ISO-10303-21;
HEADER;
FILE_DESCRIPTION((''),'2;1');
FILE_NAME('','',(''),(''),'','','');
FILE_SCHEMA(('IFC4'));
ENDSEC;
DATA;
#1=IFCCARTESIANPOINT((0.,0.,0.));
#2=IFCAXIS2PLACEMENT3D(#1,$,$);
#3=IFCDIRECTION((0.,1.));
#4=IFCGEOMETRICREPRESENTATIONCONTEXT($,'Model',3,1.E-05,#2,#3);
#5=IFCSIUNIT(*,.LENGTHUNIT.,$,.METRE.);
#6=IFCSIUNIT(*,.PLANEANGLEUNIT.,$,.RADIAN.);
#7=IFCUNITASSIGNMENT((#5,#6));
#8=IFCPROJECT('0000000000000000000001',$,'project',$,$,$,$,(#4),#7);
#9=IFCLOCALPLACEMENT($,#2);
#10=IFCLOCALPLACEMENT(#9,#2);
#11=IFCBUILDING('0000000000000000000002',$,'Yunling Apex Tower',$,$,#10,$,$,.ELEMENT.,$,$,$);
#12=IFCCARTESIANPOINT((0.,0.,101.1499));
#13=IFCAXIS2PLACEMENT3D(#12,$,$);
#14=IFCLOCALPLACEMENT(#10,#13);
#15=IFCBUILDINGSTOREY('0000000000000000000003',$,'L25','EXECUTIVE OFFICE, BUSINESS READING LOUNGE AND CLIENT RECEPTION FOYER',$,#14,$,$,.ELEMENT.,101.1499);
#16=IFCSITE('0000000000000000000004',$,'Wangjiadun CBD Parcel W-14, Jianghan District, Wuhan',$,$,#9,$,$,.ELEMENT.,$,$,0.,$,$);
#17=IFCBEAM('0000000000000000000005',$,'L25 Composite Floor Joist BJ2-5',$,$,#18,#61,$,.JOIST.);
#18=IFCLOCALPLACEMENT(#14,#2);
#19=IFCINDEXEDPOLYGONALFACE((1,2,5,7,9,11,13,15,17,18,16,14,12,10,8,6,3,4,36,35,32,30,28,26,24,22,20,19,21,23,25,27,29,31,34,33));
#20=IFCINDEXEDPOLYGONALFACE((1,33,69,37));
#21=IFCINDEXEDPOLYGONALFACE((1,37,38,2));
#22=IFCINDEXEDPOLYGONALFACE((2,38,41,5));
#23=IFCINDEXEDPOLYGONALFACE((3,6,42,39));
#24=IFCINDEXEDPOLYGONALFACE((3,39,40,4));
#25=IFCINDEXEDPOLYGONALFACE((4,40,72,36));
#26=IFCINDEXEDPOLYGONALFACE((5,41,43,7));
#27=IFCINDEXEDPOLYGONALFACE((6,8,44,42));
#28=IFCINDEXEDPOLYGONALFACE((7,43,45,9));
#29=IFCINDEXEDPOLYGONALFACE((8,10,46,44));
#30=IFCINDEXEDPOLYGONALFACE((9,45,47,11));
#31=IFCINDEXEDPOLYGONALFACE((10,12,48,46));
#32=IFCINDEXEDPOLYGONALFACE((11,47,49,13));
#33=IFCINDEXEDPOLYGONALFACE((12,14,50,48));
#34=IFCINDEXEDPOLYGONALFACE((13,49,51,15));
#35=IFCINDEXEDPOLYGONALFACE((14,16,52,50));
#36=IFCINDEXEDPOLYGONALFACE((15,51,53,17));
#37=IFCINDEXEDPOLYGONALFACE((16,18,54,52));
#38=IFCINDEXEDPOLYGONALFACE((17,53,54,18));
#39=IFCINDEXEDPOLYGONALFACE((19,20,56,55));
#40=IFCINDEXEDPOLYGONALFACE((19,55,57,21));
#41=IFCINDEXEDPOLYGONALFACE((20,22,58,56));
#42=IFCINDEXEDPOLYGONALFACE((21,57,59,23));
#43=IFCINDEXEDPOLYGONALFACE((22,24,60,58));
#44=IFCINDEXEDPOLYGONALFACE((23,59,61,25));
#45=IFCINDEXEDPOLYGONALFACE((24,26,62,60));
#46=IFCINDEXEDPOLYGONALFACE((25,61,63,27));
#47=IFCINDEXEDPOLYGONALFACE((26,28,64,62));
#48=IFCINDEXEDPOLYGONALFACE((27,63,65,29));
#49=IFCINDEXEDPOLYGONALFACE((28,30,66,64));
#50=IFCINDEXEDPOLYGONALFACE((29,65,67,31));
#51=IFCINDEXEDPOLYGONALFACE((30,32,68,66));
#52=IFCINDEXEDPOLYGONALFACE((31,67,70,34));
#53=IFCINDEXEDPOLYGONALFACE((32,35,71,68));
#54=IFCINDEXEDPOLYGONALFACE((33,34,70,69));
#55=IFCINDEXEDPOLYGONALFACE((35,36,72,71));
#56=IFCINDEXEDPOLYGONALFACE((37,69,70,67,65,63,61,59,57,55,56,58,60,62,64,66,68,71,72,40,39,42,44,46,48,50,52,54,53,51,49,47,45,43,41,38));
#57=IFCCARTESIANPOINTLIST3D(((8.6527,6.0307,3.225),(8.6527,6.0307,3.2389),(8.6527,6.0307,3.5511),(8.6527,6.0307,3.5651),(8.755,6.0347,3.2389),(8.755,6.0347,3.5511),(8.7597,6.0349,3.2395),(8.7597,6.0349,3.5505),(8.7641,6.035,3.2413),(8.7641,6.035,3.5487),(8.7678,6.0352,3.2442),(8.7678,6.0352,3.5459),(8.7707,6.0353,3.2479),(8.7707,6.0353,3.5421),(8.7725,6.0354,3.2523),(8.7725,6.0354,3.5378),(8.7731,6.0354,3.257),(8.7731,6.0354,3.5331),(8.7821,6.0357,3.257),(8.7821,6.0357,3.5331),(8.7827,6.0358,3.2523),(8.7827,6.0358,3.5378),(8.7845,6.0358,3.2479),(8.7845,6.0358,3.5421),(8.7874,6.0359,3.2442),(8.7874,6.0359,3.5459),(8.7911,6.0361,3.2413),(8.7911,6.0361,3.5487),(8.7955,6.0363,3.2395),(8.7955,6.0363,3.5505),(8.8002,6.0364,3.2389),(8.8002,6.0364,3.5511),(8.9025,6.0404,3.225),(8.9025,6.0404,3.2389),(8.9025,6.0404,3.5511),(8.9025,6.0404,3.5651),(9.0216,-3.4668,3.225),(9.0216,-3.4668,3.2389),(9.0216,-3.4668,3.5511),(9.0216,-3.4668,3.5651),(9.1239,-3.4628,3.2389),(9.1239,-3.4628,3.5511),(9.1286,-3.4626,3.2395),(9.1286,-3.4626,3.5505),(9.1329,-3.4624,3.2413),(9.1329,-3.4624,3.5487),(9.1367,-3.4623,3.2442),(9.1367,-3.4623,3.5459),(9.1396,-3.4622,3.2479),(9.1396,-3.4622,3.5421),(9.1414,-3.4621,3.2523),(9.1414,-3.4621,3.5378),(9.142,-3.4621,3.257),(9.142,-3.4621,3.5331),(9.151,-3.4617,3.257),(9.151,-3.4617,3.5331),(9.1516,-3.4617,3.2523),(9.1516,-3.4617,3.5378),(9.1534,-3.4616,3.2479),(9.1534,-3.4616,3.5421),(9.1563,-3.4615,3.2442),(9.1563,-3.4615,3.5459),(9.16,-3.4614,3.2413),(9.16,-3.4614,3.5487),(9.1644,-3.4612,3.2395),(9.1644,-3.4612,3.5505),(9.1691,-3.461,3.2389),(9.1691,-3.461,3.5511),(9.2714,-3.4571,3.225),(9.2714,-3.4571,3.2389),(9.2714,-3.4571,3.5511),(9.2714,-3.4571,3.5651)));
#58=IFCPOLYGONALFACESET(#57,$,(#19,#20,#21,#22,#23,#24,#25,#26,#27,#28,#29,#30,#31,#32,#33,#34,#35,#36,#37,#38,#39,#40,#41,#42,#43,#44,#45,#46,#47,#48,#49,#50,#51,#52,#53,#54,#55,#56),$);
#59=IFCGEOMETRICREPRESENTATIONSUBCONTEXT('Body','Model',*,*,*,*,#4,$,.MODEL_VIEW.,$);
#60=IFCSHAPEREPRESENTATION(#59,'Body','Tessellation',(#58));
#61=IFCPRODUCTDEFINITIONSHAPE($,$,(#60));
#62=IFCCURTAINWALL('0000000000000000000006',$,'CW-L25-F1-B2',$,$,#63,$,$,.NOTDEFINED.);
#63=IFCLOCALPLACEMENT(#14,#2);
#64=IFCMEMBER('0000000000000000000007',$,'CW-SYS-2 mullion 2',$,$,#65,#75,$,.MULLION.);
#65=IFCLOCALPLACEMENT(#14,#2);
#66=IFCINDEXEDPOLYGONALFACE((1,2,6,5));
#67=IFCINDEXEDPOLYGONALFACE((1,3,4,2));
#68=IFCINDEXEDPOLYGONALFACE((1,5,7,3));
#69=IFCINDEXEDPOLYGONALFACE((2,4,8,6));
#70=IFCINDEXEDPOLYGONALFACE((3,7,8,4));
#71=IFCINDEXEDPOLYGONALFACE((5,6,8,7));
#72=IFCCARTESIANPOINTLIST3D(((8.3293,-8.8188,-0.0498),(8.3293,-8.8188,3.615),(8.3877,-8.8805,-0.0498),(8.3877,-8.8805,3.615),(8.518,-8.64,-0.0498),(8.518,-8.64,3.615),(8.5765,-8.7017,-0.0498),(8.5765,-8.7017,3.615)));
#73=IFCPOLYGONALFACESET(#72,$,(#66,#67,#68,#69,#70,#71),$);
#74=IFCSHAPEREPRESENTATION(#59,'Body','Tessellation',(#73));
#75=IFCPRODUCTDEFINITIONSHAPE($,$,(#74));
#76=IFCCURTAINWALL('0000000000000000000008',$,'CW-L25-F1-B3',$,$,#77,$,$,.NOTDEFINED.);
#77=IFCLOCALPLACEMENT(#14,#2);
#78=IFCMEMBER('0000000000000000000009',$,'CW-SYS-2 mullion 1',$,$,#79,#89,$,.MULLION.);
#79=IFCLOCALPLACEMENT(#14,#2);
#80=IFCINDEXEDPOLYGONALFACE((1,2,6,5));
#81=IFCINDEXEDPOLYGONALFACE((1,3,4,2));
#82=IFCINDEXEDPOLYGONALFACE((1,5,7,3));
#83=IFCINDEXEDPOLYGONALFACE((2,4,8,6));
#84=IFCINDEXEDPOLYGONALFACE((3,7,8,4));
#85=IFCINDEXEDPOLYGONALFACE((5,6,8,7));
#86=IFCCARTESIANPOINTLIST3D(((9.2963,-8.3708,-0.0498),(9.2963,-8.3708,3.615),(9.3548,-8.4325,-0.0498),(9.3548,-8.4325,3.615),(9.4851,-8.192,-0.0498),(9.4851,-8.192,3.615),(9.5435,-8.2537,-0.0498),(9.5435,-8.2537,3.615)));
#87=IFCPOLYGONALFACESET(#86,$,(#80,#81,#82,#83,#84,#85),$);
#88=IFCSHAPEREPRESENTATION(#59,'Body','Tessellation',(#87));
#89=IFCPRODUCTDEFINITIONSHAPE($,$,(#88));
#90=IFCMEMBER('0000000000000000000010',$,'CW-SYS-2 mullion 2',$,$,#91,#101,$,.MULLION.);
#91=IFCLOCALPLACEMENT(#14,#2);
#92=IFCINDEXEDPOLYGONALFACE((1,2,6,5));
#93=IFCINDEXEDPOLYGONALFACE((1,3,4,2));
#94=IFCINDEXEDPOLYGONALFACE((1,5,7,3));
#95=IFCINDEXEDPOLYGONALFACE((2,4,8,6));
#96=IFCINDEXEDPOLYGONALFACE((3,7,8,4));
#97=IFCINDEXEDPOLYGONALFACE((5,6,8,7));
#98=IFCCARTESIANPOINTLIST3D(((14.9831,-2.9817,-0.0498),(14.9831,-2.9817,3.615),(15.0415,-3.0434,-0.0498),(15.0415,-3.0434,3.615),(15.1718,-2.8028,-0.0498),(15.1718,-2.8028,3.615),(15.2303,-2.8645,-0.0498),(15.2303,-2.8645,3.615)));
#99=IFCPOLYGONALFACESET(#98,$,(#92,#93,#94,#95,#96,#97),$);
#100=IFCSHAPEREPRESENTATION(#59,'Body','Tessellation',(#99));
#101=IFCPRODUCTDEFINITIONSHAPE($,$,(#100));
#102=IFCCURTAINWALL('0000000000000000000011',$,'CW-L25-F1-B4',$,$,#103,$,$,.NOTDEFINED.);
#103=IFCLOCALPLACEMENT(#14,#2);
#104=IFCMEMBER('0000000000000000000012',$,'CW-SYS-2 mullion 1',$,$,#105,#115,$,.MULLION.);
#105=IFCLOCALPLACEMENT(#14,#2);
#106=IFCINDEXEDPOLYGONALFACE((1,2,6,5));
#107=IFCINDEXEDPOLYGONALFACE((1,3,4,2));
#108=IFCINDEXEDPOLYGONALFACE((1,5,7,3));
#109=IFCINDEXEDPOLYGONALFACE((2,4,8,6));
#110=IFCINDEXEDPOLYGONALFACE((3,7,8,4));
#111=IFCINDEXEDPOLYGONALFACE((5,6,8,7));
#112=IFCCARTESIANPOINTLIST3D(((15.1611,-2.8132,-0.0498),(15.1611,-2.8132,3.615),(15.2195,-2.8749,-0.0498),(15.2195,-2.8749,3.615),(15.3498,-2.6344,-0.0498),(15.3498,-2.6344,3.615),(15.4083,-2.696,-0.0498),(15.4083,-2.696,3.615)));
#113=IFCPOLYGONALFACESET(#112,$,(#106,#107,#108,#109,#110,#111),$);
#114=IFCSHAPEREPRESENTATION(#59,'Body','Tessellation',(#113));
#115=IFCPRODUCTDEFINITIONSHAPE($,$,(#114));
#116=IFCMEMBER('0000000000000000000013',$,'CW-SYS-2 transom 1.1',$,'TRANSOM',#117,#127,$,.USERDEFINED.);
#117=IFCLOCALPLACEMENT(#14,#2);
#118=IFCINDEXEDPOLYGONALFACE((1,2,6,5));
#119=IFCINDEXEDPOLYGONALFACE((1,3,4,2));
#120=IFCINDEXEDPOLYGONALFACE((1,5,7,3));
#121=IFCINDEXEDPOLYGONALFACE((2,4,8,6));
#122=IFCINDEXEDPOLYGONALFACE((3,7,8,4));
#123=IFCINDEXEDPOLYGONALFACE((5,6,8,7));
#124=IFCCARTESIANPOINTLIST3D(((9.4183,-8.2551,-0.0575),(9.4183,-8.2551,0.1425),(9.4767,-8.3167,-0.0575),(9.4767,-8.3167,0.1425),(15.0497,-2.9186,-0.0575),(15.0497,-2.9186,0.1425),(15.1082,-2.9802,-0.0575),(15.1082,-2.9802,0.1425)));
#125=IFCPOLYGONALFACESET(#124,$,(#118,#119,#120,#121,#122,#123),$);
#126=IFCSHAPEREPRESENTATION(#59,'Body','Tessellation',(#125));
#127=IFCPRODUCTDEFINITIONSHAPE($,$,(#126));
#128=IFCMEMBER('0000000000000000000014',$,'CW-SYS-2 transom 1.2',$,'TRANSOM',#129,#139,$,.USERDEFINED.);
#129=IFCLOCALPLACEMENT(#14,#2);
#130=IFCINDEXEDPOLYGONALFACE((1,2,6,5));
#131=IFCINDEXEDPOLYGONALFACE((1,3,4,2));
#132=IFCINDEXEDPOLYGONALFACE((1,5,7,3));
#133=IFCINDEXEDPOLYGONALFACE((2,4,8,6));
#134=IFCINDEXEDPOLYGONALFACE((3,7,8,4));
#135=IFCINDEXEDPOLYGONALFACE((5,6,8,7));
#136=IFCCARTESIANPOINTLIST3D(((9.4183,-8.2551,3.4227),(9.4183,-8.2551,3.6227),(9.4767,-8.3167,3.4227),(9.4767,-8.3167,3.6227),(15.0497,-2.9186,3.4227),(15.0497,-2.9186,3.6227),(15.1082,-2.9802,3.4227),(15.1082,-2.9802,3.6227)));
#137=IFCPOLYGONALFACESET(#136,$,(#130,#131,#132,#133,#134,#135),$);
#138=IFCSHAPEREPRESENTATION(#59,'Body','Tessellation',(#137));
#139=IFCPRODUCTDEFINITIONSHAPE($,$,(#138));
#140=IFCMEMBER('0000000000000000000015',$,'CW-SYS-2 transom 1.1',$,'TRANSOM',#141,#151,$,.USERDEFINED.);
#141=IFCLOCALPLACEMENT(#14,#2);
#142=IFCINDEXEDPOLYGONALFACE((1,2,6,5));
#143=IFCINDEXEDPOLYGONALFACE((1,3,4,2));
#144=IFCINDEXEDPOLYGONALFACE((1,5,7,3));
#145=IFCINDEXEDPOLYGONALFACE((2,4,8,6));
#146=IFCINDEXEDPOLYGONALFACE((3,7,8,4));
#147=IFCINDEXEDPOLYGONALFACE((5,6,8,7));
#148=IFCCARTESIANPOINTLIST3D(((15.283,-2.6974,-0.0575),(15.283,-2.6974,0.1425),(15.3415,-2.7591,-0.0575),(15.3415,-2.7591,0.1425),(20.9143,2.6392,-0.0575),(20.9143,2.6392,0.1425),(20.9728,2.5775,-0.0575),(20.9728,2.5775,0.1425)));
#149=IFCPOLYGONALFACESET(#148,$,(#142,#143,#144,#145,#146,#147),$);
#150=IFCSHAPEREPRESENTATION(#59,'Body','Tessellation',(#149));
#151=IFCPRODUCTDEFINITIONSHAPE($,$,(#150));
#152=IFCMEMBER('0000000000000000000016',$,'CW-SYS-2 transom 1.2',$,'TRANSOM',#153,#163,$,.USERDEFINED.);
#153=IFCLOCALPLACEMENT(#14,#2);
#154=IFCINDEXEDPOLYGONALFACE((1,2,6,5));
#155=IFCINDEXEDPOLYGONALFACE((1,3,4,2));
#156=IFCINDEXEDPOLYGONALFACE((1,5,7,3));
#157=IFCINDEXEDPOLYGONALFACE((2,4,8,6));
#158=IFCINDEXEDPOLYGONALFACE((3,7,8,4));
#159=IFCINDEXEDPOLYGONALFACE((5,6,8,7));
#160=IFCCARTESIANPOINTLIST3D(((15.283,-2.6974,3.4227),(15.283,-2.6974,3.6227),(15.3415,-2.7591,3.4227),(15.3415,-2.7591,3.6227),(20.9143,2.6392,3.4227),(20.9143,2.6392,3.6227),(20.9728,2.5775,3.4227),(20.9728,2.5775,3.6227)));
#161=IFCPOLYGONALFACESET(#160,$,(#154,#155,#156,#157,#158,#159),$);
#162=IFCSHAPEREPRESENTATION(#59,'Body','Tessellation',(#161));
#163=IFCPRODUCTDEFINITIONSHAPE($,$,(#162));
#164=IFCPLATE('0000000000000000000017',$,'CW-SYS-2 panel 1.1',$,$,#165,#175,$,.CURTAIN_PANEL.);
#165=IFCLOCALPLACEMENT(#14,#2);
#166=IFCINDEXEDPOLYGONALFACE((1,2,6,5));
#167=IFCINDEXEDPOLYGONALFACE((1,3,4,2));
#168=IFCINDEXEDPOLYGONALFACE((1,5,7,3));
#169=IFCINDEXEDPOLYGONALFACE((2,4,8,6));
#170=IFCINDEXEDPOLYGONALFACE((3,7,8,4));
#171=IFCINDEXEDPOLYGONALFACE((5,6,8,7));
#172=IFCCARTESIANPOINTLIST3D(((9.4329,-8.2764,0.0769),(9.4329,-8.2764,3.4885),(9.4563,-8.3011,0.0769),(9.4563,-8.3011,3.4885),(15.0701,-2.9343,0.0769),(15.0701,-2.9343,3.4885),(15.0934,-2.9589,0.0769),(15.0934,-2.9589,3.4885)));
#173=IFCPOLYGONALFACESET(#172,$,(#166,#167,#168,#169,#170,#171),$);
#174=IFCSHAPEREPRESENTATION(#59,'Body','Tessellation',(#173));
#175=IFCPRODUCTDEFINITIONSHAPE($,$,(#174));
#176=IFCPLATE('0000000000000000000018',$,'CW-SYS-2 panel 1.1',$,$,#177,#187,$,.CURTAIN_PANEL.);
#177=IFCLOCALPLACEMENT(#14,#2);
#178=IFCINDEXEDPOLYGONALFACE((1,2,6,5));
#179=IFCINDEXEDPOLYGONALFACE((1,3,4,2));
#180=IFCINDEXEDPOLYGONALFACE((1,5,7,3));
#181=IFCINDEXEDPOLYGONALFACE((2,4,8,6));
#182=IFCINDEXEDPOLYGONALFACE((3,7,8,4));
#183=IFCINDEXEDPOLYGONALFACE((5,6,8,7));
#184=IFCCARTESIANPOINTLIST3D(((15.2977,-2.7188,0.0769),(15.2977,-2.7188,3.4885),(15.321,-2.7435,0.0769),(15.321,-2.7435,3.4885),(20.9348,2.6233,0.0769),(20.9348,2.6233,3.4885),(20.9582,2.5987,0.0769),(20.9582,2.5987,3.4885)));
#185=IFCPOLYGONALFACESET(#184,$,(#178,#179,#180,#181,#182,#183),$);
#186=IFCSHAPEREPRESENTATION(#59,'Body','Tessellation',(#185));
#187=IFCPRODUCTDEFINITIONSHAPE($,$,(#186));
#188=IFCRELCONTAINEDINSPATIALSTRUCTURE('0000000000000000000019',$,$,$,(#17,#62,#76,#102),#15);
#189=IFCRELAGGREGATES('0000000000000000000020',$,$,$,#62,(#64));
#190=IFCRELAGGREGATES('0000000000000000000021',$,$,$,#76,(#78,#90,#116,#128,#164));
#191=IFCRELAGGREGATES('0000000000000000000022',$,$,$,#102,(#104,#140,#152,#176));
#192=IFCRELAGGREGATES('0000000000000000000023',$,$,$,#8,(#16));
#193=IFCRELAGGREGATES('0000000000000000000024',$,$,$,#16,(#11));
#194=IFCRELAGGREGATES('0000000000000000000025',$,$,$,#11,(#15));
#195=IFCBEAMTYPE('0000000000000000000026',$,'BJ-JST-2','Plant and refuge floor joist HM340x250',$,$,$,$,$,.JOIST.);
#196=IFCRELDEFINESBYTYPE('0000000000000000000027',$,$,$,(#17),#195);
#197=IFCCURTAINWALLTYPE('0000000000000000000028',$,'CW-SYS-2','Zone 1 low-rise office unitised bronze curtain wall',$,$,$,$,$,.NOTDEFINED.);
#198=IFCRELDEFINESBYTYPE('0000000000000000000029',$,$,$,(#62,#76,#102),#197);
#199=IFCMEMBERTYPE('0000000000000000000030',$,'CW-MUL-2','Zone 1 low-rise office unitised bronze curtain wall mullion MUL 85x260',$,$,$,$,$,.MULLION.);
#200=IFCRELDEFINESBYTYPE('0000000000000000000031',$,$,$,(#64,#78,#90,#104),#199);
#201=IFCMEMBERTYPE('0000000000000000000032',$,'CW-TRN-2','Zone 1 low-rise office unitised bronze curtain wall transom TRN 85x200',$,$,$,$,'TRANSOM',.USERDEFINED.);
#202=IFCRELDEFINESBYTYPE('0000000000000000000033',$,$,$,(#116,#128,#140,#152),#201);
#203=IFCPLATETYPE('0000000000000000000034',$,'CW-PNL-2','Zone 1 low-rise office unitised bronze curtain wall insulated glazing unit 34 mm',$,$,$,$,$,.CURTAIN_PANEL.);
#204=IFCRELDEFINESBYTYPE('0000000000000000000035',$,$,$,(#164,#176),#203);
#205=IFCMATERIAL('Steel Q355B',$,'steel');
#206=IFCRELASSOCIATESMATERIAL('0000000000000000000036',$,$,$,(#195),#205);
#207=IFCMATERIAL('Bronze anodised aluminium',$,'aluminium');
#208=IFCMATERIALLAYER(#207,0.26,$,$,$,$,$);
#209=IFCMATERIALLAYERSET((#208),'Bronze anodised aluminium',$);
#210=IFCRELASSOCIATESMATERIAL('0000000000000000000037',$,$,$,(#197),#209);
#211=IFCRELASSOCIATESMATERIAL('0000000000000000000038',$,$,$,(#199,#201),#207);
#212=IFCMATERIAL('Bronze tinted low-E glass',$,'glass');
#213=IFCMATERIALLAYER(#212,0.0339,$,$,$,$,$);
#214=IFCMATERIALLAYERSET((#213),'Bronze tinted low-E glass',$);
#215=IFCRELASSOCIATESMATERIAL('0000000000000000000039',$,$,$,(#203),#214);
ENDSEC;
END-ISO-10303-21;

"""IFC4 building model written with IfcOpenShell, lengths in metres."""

from ifc_helpers import new_model, si_unit, direction, frame, origin, origin_2d, place, context, subcontext, project, spatial, rectangle, i_section, extrude, source, transform, mapped, material, layer, layer_set, material_profile, profile_set, type_object, element, aggregate, save


model = new_model("IFC4")

# Units and contexts
model_context = context("Model", 3, precision=1e-05, world=origin(), true_north=direction((0.0, 1.0)))
body_context = subcontext(model_context, "Body", "Model", "MODEL_VIEW")
ifc_project = project(units=[si_unit("LENGTHUNIT", "METRE"), si_unit("PLANEANGLEUNIT", "RADIAN")], contexts=[model_context])

# Site, building, storey
site_placement = place(None, origin())
site = spatial("IfcSite", under=ifc_project, at=site_placement, Name="Wangjiadun CBD Parcel W-14, Jianghan District, Wuhan", CompositionType="ELEMENT", RefElevation=0.0)
building_placement = place(site_placement, origin())
building = spatial("IfcBuilding", under=site, at=building_placement, Name="Yunling Apex Tower", CompositionType="ELEMENT")
storey_placement = place(building_placement, frame((0.0, 0.0, 101.1499)))
storey = spatial("IfcBuildingStorey", under=building, at=storey_placement, Name="L25", Description="EXECUTIVE OFFICE, BUSINESS READING LOUNGE AND CLIENT RECEPTION FOYER", CompositionType="ELEMENT", Elevation=101.1499)

# Beam
ifc_material_1 = material(Name="Steel Q355B", Category="steel")
ifc_material_profile_1 = material_profile(ifc_material_1, i_section(OverallWidth=0.25, OverallDepth=0.3401, WebThickness=0.009, FlangeThickness=0.0139, FilletRadius=0.0181, at=origin_2d()))
ifc_profile_set_1 = profile_set([ifc_material_profile_1], Name="Steel Q355B")
beam_type_1 = type_object("IfcBeamType", Name="BJ-JST-2", Description="Plant and refuge floor joist HM340x250", PredefinedType="JOIST", material=ifc_profile_set_1)
shared_shape_1 = source(origin(), body_context, "Body", "SweptSolid", [
    extrude(i_section(OverallWidth=0.25, OverallDepth=0.3401, WebThickness=0.009, FlangeThickness=0.0139, FilletRadius=0.0181, at=origin_2d()), origin(), (0.0, 0.0, 1.0), 9.5046),
])
beam_1_placement = place(storey_placement, frame((9.1465, -3.4619, 3.395), z_axis=(-0.038812, 0.999247, 0.0), x_axis=(-0.999247, -0.038812, 0.0)))
element("IfcBeam", 1, at=beam_1_placement, inside=storey, type_object=beam_type_1, Name="L25 Composite Floor Joist BJ2-5", PredefinedType="JOIST", context=body_context, shape_type="MappedRepresentation", body=[
    mapped(shared_shape_1, transform((0.0, 0.0, 0.0), scale=1.0)),
])

# Curtain wall, member
ifc_material_2 = material(Name="Bronze anodised aluminium", Category="aluminium")
ifc_layer_1 = layer(ifc_material_2, 0.26)
ifc_layer_set_1 = layer_set([ifc_layer_1], Name="Bronze anodised aluminium")
curtain_wall_type = type_object("IfcCurtainWallType", Name="CW-SYS-2", Description="Zone 1 low-rise office unitised bronze curtain wall", PredefinedType="NOTDEFINED", material=ifc_layer_set_1)
curtain_wall_1_placement = place(storey_placement, origin())
curtain_wall_1 = element("IfcCurtainWall", 2, at=curtain_wall_1_placement, inside=storey, type_object=curtain_wall_type, Name="CW-L25-F1-B2", PredefinedType="NOTDEFINED")
ifc_material_profile_2 = material_profile(ifc_material_2, rectangle(XDim=0.085, YDim=0.26, at=origin_2d()))
ifc_profile_set_2 = profile_set([ifc_material_profile_2], Name="Bronze anodised aluminium")
member_type_1 = type_object("IfcMemberType", Name="CW-MUL-2", Description="Zone 1 low-rise office unitised bronze curtain wall mullion MUL 85x260", PredefinedType="MULLION", material=ifc_profile_set_2)
shared_shape_2 = source(origin(), body_context, "Body", "SweptSolid", [
    extrude(rectangle(XDim=0.085, YDim=0.26, at=origin_2d()), origin(), (0.0, 0.0, 1.0), 3.6648),
])
member_1_placement = place(storey_placement, frame((8.4529, -8.7603, -0.0498), z_axis=(0.0, 0.0, 1.0), x_axis=(-0.687844, 0.725858, 0.0)))
member_1 = element("IfcMember", 3, at=member_1_placement, type_object=member_type_1, Name="CW-SYS-2 mullion 2", PredefinedType="MULLION", context=body_context, shape_type="MappedRepresentation", body=[
    mapped(shared_shape_2, transform((0.0, 0.0, 0.0), scale=1.0)),
])
aggregate(curtain_wall_1, [member_1])

# Curtain wall, members
curtain_wall_2_placement = place(storey_placement, origin())
curtain_wall_2 = element("IfcCurtainWall", 4, at=curtain_wall_2_placement, inside=storey, type_object=curtain_wall_type, Name="CW-L25-F1-B3", PredefinedType="NOTDEFINED")
member_2_placement = place(storey_placement, frame((9.4199, -8.3123, -0.0498), z_axis=(0.0, 0.0, 1.0), x_axis=(-0.687861, 0.725842, 0.0)))
member_2 = element("IfcMember", 5, at=member_2_placement, type_object=member_type_1, Name="CW-SYS-2 mullion 1", PredefinedType="MULLION", context=body_context, shape_type="MappedRepresentation", body=[
    mapped(shared_shape_2, transform((0.0, 0.0, 0.0), scale=1.0)),
])
member_3_placement = place(storey_placement, frame((15.1067, -2.9231, -0.0498), z_axis=(0.0, 0.0, 1.0), x_axis=(-0.687861, 0.725842, 0.0)))
member_3 = element("IfcMember", 6, at=member_3_placement, type_object=member_type_1, Name="CW-SYS-2 mullion 2", PredefinedType="MULLION", context=body_context, shape_type="MappedRepresentation", body=[
    mapped(shared_shape_2, transform((0.0, 0.0, 0.0), scale=1.0)),
])

# Curtain wall, member
curtain_wall_3_placement = place(storey_placement, origin())
curtain_wall_3 = element("IfcCurtainWall", 7, at=curtain_wall_3_placement, inside=storey, type_object=curtain_wall_type, Name="CW-L25-F1-B4", PredefinedType="NOTDEFINED")
member_4_placement = place(storey_placement, frame((15.2847, -2.7546, -0.0498), z_axis=(0.0, 0.0, 1.0), x_axis=(-0.687861, 0.725842, 0.0)))
member_4 = element("IfcMember", 8, at=member_4_placement, type_object=member_type_1, Name="CW-SYS-2 mullion 1", PredefinedType="MULLION", context=body_context, shape_type="MappedRepresentation", body=[
    mapped(shared_shape_2, transform((0.0, 0.0, 0.0), scale=1.0)),
])

# Members
ifc_material_profile_3 = material_profile(ifc_material_2, rectangle(XDim=0.085, YDim=0.2, at=origin_2d()))
ifc_profile_set_3 = profile_set([ifc_material_profile_3], Name="Bronze anodised aluminium")
member_type_2 = type_object("IfcMemberType", Name="CW-TRN-2", Description="Zone 1 low-rise office unitised bronze curtain wall transom TRN 85x200", ElementType="TRANSOM", PredefinedType="USERDEFINED", material=ifc_profile_set_3)
shared_shape_3 = source(origin(), body_context, "Body", "SweptSolid", [
    extrude(rectangle(XDim=0.085, YDim=0.2, at=origin_2d()), origin(), (0.0, 0.0, 1.0), 7.7583),
])
member_5_placement = place(storey_placement, frame((9.4475, -8.2859, 0.0425), z_axis=(0.725858, 0.687844, 0.0), x_axis=(-0.687844, 0.725858, 0.0)))
member_5 = element("IfcMember", 9, at=member_5_placement, type_object=member_type_2, Name="CW-SYS-2 transom 1.1", ObjectType="TRANSOM", PredefinedType="USERDEFINED", context=body_context, shape_type="MappedRepresentation", body=[
    mapped(shared_shape_3, transform((0.0, 0.0, 0.0), scale=1.0)),
])
member_6_placement = place(storey_placement, frame((9.4475, -8.2859, 3.5227), z_axis=(0.725858, 0.687844, 0.0), x_axis=(-0.687844, 0.725858, 0.0)))
member_6 = element("IfcMember", 10, at=member_6_placement, type_object=member_type_2, Name="CW-SYS-2 transom 1.2", ObjectType="TRANSOM", PredefinedType="USERDEFINED", context=body_context, shape_type="MappedRepresentation", body=[
    mapped(shared_shape_3, transform((0.0, 0.0, 0.0), scale=1.0)),
])
member_7_placement = place(storey_placement, frame((15.3123, -2.7283, 0.0425), z_axis=(0.725843, 0.687861, 0.0), x_axis=(-0.687861, 0.725843, 0.0)))
member_7 = element("IfcMember", 11, at=member_7_placement, type_object=member_type_2, Name="CW-SYS-2 transom 1.1", ObjectType="TRANSOM", PredefinedType="USERDEFINED", context=body_context, shape_type="MappedRepresentation", body=[
    mapped(shared_shape_3, transform((0.0, 0.0, 0.0), scale=1.0)),
])
member_8_placement = place(storey_placement, frame((15.3123, -2.7283, 3.5227), z_axis=(0.725843, 0.687861, 0.0), x_axis=(-0.687861, 0.725843, 0.0)))
member_8 = element("IfcMember", 12, at=member_8_placement, type_object=member_type_2, Name="CW-SYS-2 transom 1.2", ObjectType="TRANSOM", PredefinedType="USERDEFINED", context=body_context, shape_type="MappedRepresentation", body=[
    mapped(shared_shape_3, transform((0.0, 0.0, 0.0), scale=1.0)),
])

# Plates
ifc_material_3 = material(Name="Bronze tinted low-E glass", Category="glass")
ifc_layer_2 = layer(ifc_material_3, 0.0339)
ifc_layer_set_2 = layer_set([ifc_layer_2], Name="Bronze tinted low-E glass")
plate_type = type_object("IfcPlateType", Name="CW-PNL-2", Description="Zone 1 low-rise office unitised bronze curtain wall insulated glazing unit 34 mm", PredefinedType="CURTAIN_PANEL", material=ifc_layer_set_2)
shared_shape_4 = source(origin(), body_context, "Body", "SweptSolid", [
    extrude(rectangle(XDim=7.7664, YDim=0.0339, at=origin_2d()), origin(), (0.0, 0.0, 1.0), 3.4116),
])
plate_1_placement = place(storey_placement, frame((12.2632, -5.6177, 0.0769), z_axis=(0.0, 0.0, 1.0), x_axis=(0.725842, 0.687861, 0.0)))
plate_1 = element("IfcPlate", 13, at=plate_1_placement, type_object=plate_type, Name="CW-SYS-2 panel 1.1", PredefinedType="CURTAIN_PANEL", context=body_context, shape_type="MappedRepresentation", body=[
    mapped(shared_shape_4, transform((0.0, 0.0, 0.0), scale=1.0)),
])
aggregate(curtain_wall_2, [member_2, member_3, member_5, member_6, plate_1])
plate_2_placement = place(storey_placement, frame((18.1279, -0.0601, 0.0769), z_axis=(0.0, 0.0, 1.0), x_axis=(0.725842, 0.687861, 0.0)))
plate_2 = element("IfcPlate", 14, at=plate_2_placement, type_object=plate_type, Name="CW-SYS-2 panel 1.1", PredefinedType="CURTAIN_PANEL", context=body_context, shape_type="MappedRepresentation", body=[
    mapped(shared_shape_4, transform((0.0, 0.0, 0.0), scale=1.0)),
])
aggregate(curtain_wall_3, [member_4, member_7, member_8, plate_2])

save(model, "model.ifc")
